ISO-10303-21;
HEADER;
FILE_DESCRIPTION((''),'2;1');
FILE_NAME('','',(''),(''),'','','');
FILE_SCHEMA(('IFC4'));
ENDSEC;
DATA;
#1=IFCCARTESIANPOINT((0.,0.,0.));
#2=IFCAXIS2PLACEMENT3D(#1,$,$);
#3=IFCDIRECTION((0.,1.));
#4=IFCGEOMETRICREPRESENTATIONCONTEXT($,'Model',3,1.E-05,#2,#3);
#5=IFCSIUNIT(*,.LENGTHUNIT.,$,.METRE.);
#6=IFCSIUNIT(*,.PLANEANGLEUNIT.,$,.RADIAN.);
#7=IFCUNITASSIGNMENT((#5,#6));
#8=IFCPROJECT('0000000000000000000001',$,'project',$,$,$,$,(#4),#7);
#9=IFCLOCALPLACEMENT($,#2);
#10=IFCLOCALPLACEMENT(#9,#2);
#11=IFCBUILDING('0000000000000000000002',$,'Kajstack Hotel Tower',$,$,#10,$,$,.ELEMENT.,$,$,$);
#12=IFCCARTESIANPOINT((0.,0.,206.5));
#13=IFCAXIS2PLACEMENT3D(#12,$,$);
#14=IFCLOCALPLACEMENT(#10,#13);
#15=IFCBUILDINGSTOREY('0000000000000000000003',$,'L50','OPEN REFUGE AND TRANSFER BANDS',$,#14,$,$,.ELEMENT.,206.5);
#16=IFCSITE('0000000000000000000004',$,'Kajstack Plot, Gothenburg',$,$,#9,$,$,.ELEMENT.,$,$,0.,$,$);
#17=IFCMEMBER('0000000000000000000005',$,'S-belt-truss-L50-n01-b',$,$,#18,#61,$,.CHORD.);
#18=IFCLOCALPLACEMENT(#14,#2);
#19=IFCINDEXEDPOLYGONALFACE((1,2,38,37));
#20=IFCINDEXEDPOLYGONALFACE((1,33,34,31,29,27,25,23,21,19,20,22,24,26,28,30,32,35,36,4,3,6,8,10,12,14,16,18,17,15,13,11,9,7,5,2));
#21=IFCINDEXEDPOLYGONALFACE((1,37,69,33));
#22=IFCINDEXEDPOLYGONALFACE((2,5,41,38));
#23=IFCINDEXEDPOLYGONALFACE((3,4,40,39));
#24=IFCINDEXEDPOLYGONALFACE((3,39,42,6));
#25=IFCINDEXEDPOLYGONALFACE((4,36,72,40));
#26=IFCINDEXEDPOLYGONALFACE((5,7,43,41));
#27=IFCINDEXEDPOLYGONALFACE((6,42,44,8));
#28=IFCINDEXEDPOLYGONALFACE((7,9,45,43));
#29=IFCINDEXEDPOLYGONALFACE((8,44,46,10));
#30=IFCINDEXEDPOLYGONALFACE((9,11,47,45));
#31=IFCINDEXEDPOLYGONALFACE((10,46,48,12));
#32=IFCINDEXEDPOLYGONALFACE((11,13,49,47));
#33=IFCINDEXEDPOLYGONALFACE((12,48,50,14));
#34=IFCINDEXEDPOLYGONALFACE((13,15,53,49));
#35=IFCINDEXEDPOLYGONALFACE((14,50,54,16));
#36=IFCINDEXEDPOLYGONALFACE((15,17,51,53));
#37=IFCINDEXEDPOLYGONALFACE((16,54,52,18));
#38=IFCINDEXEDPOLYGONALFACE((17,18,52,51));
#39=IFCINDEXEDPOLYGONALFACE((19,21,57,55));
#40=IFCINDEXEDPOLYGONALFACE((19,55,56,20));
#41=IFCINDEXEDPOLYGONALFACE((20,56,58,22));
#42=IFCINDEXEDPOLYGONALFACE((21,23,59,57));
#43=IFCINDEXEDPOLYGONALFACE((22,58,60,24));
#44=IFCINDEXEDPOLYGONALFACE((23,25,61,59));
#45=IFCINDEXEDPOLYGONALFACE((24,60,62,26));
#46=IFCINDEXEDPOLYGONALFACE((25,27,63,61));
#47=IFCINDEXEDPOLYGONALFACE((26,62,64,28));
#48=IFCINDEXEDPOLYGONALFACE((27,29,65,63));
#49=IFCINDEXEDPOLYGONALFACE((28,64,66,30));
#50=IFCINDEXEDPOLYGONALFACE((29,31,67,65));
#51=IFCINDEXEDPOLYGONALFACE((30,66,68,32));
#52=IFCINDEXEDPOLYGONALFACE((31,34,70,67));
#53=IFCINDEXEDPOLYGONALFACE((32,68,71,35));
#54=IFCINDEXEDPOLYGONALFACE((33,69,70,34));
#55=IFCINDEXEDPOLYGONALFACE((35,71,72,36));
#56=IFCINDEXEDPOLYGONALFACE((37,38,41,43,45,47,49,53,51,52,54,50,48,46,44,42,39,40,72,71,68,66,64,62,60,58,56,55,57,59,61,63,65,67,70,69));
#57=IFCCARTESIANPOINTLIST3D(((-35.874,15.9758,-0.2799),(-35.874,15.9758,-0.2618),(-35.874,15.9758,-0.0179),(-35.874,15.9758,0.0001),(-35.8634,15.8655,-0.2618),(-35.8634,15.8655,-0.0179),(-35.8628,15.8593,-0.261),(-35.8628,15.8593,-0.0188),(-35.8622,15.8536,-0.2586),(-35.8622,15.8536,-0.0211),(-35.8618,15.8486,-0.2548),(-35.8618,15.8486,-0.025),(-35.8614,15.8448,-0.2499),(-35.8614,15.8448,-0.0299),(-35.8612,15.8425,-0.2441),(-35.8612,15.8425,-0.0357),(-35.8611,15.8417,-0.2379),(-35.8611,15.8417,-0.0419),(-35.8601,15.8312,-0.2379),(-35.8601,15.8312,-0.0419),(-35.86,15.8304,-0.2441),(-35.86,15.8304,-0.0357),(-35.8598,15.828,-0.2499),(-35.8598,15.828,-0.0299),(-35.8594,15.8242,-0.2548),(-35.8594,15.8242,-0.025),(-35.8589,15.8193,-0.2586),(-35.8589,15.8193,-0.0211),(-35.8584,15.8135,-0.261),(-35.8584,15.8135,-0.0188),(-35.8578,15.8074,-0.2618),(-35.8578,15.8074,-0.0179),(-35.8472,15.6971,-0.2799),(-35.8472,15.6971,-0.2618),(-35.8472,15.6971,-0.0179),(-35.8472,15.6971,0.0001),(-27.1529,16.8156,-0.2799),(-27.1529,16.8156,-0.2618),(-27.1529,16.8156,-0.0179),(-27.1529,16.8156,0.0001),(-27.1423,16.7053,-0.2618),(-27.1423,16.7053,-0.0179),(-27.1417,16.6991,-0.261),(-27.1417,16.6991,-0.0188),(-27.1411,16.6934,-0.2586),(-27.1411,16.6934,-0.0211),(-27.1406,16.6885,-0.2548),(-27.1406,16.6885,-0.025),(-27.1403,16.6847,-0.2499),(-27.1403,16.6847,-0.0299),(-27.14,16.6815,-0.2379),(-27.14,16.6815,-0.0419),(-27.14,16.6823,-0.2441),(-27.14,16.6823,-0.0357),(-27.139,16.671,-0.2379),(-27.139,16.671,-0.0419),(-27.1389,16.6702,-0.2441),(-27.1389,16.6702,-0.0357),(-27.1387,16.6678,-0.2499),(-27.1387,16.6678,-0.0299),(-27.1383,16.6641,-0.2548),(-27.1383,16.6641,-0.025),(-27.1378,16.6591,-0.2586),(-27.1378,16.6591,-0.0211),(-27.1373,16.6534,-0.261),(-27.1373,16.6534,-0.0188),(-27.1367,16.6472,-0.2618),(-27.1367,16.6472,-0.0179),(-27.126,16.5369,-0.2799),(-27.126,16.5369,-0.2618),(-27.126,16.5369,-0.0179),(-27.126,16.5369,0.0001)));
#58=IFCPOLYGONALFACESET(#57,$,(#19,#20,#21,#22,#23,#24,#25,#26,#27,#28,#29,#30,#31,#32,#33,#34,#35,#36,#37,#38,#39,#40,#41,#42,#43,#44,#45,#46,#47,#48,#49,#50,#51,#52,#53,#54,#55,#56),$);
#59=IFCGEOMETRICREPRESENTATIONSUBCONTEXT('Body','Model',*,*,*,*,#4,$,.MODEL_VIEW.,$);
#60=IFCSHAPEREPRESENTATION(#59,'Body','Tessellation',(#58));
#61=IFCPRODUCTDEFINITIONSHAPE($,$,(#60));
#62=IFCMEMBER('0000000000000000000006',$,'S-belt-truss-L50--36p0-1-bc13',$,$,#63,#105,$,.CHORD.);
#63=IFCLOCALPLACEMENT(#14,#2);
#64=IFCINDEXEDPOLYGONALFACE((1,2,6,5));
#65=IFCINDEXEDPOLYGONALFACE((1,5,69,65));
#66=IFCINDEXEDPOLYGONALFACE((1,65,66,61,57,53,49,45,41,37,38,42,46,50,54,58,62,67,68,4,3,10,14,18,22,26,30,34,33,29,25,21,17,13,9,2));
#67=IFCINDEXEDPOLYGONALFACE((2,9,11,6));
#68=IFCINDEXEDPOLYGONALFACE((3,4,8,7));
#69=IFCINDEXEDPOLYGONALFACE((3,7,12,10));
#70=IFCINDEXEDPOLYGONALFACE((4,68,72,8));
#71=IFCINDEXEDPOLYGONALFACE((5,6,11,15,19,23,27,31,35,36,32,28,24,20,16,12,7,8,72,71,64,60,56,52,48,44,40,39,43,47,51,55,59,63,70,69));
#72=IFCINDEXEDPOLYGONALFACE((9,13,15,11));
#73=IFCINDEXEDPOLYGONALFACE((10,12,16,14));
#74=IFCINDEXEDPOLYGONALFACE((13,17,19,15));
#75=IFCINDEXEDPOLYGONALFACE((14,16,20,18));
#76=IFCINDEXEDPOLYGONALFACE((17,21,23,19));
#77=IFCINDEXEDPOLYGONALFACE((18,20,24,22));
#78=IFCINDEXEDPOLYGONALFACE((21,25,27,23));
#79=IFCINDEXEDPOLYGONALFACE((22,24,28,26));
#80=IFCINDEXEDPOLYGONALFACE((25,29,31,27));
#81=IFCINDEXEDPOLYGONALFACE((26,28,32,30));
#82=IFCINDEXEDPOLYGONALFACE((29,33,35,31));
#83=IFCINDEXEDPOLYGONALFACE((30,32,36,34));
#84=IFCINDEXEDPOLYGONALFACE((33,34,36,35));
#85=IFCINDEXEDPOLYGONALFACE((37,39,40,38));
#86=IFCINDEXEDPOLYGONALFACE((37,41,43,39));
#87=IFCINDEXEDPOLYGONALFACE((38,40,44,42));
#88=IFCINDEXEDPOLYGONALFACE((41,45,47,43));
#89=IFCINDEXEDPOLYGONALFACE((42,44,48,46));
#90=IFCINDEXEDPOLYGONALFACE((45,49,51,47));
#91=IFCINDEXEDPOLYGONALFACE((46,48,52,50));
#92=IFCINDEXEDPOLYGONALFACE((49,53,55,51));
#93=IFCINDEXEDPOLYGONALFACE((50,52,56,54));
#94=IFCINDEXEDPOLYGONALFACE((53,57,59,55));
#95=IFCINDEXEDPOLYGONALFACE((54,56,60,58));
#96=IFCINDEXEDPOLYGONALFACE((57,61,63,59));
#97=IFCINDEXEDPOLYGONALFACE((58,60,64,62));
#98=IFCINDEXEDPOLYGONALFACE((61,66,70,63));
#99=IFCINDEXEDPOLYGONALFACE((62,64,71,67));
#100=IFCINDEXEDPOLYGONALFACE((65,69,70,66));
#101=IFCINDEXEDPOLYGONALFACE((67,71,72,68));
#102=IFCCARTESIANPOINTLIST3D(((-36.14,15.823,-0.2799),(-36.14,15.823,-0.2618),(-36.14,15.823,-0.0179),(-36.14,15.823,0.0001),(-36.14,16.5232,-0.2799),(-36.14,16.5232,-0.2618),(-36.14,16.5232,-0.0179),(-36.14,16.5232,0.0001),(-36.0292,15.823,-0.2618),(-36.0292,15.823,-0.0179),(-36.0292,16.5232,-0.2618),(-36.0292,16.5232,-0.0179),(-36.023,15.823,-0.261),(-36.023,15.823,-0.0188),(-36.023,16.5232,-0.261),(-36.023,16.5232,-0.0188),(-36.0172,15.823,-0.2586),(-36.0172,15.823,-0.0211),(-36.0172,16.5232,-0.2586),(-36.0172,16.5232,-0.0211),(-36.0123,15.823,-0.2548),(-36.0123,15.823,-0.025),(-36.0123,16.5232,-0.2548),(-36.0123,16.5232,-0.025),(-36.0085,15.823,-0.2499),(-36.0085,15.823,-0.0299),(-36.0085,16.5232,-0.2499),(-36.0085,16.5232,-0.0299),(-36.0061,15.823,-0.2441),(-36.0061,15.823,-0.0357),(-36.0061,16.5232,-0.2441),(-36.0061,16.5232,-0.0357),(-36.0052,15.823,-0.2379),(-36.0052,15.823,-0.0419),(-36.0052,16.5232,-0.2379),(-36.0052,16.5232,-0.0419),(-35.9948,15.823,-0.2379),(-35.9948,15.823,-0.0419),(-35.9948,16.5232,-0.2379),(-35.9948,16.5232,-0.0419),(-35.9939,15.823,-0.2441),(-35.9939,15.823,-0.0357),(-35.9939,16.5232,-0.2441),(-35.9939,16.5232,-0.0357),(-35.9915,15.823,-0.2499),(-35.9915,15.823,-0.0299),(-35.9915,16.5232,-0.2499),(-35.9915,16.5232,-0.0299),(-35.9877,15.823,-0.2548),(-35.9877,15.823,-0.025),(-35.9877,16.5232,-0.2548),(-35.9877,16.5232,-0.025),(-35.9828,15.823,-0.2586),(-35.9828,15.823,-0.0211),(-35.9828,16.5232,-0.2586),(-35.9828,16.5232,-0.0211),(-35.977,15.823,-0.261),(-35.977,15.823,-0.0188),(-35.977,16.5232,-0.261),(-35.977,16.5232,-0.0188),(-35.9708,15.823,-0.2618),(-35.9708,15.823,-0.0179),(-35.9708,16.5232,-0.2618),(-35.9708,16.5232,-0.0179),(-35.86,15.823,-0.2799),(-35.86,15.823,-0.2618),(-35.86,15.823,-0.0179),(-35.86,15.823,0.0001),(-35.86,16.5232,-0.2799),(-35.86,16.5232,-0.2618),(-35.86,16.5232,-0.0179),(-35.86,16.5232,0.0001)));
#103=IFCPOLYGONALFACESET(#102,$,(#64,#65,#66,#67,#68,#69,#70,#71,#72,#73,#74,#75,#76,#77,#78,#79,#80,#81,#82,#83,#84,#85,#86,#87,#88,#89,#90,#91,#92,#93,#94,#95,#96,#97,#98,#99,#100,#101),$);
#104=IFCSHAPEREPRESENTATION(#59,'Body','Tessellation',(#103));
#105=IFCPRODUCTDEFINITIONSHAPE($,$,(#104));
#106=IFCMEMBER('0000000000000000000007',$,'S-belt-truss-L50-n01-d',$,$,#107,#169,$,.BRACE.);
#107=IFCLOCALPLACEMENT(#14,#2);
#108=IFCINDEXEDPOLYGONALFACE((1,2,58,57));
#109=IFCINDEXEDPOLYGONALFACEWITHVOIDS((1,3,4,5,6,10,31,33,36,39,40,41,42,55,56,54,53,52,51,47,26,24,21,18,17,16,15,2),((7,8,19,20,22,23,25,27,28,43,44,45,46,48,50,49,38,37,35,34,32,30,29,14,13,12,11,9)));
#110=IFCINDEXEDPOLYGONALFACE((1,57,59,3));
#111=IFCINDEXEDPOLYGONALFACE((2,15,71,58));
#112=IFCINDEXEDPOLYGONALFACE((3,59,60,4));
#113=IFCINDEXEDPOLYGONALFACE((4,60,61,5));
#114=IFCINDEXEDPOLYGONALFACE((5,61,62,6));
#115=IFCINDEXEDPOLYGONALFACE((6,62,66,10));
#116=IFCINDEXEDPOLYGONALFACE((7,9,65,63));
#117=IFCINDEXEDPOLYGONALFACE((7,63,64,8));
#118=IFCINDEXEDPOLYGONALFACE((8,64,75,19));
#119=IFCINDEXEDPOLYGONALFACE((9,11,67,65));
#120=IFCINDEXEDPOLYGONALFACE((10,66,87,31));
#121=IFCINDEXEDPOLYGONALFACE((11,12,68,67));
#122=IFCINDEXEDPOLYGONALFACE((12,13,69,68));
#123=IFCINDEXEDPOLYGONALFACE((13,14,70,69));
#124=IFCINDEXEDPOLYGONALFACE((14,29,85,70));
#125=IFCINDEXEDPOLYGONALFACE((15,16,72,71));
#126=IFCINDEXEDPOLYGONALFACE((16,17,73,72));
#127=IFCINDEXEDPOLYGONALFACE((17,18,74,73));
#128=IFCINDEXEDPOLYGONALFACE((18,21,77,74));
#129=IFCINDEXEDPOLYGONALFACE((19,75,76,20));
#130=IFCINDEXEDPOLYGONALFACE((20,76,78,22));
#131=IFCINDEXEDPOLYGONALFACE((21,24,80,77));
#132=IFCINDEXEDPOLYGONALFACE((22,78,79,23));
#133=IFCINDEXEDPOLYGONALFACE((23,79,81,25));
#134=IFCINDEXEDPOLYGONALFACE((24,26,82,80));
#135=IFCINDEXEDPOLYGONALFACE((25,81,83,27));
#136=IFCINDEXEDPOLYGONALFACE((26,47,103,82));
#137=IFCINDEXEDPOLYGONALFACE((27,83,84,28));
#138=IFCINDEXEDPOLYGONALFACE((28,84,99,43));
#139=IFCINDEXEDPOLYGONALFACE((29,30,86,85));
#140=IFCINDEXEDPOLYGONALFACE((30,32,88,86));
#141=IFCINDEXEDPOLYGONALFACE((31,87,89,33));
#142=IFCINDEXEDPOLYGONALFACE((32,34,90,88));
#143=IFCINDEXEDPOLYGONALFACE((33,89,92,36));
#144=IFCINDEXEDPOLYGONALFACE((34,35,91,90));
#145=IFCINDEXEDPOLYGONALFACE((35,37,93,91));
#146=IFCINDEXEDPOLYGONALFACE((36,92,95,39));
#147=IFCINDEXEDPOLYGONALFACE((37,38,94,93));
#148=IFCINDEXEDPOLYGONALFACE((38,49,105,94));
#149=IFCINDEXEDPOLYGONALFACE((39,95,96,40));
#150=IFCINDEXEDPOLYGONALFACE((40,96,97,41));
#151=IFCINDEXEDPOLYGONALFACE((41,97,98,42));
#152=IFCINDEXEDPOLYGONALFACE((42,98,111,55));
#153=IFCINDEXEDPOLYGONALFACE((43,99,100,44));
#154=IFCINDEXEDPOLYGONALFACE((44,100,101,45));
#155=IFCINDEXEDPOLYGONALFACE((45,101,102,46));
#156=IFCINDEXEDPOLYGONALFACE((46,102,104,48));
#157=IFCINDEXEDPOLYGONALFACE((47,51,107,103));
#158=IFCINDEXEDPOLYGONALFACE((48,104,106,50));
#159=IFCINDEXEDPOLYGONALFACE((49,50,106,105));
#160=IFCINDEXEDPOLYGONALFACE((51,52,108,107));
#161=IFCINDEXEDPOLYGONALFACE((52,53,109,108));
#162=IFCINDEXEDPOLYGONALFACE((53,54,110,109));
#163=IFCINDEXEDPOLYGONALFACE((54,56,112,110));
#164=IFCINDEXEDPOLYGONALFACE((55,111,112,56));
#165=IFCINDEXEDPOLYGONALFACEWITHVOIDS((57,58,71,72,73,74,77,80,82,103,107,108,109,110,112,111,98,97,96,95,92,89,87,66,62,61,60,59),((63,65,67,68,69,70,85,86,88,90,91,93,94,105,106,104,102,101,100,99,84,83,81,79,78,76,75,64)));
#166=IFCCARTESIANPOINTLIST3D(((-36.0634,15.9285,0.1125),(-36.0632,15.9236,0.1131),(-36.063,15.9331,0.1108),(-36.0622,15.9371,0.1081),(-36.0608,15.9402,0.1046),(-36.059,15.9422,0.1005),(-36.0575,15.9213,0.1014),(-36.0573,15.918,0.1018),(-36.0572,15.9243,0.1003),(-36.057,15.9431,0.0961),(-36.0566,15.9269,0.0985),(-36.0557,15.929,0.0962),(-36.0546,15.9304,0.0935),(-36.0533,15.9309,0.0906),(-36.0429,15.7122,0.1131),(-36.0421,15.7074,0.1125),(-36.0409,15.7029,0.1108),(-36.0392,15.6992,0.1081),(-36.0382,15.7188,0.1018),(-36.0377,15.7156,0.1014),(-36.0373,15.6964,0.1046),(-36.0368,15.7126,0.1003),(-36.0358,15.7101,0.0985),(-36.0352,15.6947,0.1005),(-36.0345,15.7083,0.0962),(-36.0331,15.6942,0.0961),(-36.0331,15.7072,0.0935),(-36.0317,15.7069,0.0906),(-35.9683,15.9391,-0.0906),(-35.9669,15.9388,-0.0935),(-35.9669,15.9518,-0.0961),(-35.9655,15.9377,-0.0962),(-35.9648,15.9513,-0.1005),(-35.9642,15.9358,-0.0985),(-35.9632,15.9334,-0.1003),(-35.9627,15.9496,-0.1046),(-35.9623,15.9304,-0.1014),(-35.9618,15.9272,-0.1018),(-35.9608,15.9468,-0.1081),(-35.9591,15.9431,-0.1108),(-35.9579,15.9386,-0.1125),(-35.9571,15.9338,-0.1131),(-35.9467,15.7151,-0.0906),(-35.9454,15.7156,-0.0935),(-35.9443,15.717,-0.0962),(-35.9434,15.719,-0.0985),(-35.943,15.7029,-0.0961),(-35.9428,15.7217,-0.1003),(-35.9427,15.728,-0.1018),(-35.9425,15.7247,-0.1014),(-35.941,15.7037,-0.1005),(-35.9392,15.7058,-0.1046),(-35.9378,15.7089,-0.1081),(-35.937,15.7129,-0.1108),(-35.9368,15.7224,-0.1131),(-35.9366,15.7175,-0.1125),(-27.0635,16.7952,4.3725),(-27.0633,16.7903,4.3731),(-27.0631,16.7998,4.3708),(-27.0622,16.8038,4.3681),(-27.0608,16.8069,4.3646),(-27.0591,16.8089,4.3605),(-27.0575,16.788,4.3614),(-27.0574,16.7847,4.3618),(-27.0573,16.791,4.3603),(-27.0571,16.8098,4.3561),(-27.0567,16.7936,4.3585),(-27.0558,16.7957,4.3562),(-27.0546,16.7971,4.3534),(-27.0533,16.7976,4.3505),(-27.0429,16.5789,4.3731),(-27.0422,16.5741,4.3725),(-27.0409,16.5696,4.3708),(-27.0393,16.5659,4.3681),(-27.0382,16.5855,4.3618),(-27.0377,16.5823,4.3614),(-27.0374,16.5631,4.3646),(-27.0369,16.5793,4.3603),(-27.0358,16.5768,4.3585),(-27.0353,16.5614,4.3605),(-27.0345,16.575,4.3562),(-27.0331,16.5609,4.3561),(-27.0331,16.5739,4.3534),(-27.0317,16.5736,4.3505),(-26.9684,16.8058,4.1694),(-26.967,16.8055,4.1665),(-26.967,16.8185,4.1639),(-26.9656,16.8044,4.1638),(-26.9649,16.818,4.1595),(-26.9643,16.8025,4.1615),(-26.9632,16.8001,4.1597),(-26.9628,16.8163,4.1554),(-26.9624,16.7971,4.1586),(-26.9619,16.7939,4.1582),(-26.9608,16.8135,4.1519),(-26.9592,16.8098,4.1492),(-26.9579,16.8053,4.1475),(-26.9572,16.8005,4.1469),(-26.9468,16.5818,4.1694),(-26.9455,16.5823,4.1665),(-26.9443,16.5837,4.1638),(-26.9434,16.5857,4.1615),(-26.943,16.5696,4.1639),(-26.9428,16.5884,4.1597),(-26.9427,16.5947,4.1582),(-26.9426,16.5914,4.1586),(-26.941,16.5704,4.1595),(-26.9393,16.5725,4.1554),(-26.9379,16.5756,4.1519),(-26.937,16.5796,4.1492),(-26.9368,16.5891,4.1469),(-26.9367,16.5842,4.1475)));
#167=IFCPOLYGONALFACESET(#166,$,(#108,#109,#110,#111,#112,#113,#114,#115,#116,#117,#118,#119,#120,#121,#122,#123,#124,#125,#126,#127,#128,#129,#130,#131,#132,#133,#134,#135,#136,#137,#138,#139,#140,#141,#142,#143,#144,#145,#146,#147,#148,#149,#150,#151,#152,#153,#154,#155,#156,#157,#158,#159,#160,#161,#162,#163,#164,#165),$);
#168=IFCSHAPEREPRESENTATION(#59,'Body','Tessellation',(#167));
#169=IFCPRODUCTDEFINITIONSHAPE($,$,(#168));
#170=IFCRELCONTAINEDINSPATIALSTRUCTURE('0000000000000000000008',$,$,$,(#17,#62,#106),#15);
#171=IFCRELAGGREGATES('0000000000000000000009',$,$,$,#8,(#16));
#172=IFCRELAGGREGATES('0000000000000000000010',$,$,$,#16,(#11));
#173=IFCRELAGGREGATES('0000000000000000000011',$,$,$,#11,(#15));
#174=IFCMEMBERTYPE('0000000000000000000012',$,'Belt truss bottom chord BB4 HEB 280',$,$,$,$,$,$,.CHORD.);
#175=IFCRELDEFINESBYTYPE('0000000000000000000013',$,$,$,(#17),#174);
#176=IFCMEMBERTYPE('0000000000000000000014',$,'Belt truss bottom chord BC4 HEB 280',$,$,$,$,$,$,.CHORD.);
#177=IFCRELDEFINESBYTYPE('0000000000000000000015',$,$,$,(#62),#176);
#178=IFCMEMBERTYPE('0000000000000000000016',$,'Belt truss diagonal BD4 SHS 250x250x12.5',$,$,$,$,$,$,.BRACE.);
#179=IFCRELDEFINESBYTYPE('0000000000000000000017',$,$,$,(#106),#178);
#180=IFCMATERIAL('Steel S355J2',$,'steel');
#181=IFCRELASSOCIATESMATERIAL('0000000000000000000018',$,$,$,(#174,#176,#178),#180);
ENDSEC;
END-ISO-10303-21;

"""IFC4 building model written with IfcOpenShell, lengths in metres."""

from ifc_helpers import new_model, si_unit, direction, frame, origin, origin_2d, place, context, subcontext, project, spatial, hollow_rectangle, i_section, extrude, material, material_profile, profile_set, type_object, element, save


model = new_model("IFC4")

# Units and contexts
model_context = context("Model", 3, precision=1e-05, world=origin(), true_north=direction((0.0, 1.0)))
body_context = subcontext(model_context, "Body", "Model", "MODEL_VIEW")
ifc_project = project(units=[si_unit("LENGTHUNIT", "METRE"), si_unit("PLANEANGLEUNIT", "RADIAN")], contexts=[model_context])

# Site, building, storey
site_placement = place(None, origin())
site = spatial("IfcSite", under=ifc_project, at=site_placement, Name="Kajstack Plot, Gothenburg", CompositionType="ELEMENT", RefElevation=0.0)
building_placement = place(site_placement, origin())
building = spatial("IfcBuilding", under=site, at=building_placement, Name="Kajstack Hotel Tower", CompositionType="ELEMENT")
storey_placement = place(building_placement, frame((0.0, 0.0, 206.5)))
storey = spatial("IfcBuildingStorey", under=building, at=storey_placement, Name="L50", Description="OPEN REFUGE AND TRANSFER BANDS", CompositionType="ELEMENT", Elevation=206.5)

# Members
ifc_material = material(Name="Steel S355J2", Category="steel")
ifc_material_profile_1 = material_profile(ifc_material, i_section(OverallWidth=0.28, OverallDepth=0.28, WebThickness=0.0105, FlangeThickness=0.0181, FilletRadius=0.0239, at=origin_2d()), Name="HEB 280")
ifc_profile_set_1 = profile_set([ifc_material_profile_1], Name="Steel S355J2")
member_type_1 = type_object("IfcMemberType", Name="Belt truss bottom chord BB4 HEB 280", PredefinedType="CHORD", material=ifc_profile_set_1)
member_1_placement = place(storey_placement, frame((-35.8606, 15.8364, -0.1399), z_axis=(0.995395, 0.095856, 0.0), x_axis=(-0.095856, 0.995395, 0.0)))
element("IfcMember", 1, at=member_1_placement, inside=storey, type_object=member_type_1, Name="S-belt-truss-L50-n01-b", PredefinedType="CHORD", context=body_context, shape_type="SweptSolid", body=[
    extrude(i_section(OverallWidth=0.28, OverallDepth=0.28, WebThickness=0.0105, FlangeThickness=0.0181, FilletRadius=0.0239, at=origin_2d()), origin(), (0.0, 0.0, 1.0), 8.7615),
])
ifc_material_profile_2 = material_profile(ifc_material, i_section(OverallWidth=0.28, OverallDepth=0.28, WebThickness=0.0105, FlangeThickness=0.0181, FilletRadius=0.0239, at=origin_2d()), Name="HEB 280")
ifc_profile_set_2 = profile_set([ifc_material_profile_2], Name="Steel S355J2")
member_type_2 = type_object("IfcMemberType", Name="Belt truss bottom chord BC4 HEB 280", PredefinedType="CHORD", material=ifc_profile_set_2)
member_2_placement = place(storey_placement, frame((-36.0, 15.823, -0.1399), z_axis=(0.0, 1.0, 0.0), x_axis=(-1.0, 0.0, 0.0)))
element("IfcMember", 2, at=member_2_placement, inside=storey, type_object=member_type_2, Name="S-belt-truss-L50--36p0-1-bc13", PredefinedType="CHORD", context=body_context, shape_type="SweptSolid", body=[
    extrude(i_section(OverallWidth=0.28, OverallDepth=0.28, WebThickness=0.0105, FlangeThickness=0.0181, FilletRadius=0.0239, at=origin_2d()), origin(), (0.0, 0.0, 1.0), 0.7002),
])
ifc_material_profile_3 = material_profile(ifc_material, hollow_rectangle(XDim=0.25, YDim=0.25, WallThickness=0.0125, InnerFilletRadius=0.0125, OuterFilletRadius=0.0188, at=origin_2d()), Name="SHS 250x250x12.5")
ifc_profile_set_3 = profile_set([ifc_material_profile_3], Name="Steel S355J2")
member_type_3 = type_object("IfcMemberType", Name="Belt truss diagonal BD4 SHS 250x250x12.5", PredefinedType="BRACE", material=ifc_profile_set_3)
member_3_placement = place(storey_placement, frame((-36.0, 15.823, 0.0), z_axis=(0.900456, 0.086714, 0.426217), x_axis=(-0.095856, 0.995395, 0.0)))
element("IfcMember", 3, at=member_3_placement, inside=storey, type_object=member_type_3, Name="S-belt-truss-L50-n01-d", PredefinedType="BRACE", context=body_context, shape_type="SweptSolid", body=[
    extrude(hollow_rectangle(XDim=0.25, YDim=0.25, WallThickness=0.0125, InnerFilletRadius=0.0125, OuterFilletRadius=0.0188, at=origin_2d()), origin(), (0.0, 0.0, 1.0), 9.9949),
])

save(model, "model.ifc")
